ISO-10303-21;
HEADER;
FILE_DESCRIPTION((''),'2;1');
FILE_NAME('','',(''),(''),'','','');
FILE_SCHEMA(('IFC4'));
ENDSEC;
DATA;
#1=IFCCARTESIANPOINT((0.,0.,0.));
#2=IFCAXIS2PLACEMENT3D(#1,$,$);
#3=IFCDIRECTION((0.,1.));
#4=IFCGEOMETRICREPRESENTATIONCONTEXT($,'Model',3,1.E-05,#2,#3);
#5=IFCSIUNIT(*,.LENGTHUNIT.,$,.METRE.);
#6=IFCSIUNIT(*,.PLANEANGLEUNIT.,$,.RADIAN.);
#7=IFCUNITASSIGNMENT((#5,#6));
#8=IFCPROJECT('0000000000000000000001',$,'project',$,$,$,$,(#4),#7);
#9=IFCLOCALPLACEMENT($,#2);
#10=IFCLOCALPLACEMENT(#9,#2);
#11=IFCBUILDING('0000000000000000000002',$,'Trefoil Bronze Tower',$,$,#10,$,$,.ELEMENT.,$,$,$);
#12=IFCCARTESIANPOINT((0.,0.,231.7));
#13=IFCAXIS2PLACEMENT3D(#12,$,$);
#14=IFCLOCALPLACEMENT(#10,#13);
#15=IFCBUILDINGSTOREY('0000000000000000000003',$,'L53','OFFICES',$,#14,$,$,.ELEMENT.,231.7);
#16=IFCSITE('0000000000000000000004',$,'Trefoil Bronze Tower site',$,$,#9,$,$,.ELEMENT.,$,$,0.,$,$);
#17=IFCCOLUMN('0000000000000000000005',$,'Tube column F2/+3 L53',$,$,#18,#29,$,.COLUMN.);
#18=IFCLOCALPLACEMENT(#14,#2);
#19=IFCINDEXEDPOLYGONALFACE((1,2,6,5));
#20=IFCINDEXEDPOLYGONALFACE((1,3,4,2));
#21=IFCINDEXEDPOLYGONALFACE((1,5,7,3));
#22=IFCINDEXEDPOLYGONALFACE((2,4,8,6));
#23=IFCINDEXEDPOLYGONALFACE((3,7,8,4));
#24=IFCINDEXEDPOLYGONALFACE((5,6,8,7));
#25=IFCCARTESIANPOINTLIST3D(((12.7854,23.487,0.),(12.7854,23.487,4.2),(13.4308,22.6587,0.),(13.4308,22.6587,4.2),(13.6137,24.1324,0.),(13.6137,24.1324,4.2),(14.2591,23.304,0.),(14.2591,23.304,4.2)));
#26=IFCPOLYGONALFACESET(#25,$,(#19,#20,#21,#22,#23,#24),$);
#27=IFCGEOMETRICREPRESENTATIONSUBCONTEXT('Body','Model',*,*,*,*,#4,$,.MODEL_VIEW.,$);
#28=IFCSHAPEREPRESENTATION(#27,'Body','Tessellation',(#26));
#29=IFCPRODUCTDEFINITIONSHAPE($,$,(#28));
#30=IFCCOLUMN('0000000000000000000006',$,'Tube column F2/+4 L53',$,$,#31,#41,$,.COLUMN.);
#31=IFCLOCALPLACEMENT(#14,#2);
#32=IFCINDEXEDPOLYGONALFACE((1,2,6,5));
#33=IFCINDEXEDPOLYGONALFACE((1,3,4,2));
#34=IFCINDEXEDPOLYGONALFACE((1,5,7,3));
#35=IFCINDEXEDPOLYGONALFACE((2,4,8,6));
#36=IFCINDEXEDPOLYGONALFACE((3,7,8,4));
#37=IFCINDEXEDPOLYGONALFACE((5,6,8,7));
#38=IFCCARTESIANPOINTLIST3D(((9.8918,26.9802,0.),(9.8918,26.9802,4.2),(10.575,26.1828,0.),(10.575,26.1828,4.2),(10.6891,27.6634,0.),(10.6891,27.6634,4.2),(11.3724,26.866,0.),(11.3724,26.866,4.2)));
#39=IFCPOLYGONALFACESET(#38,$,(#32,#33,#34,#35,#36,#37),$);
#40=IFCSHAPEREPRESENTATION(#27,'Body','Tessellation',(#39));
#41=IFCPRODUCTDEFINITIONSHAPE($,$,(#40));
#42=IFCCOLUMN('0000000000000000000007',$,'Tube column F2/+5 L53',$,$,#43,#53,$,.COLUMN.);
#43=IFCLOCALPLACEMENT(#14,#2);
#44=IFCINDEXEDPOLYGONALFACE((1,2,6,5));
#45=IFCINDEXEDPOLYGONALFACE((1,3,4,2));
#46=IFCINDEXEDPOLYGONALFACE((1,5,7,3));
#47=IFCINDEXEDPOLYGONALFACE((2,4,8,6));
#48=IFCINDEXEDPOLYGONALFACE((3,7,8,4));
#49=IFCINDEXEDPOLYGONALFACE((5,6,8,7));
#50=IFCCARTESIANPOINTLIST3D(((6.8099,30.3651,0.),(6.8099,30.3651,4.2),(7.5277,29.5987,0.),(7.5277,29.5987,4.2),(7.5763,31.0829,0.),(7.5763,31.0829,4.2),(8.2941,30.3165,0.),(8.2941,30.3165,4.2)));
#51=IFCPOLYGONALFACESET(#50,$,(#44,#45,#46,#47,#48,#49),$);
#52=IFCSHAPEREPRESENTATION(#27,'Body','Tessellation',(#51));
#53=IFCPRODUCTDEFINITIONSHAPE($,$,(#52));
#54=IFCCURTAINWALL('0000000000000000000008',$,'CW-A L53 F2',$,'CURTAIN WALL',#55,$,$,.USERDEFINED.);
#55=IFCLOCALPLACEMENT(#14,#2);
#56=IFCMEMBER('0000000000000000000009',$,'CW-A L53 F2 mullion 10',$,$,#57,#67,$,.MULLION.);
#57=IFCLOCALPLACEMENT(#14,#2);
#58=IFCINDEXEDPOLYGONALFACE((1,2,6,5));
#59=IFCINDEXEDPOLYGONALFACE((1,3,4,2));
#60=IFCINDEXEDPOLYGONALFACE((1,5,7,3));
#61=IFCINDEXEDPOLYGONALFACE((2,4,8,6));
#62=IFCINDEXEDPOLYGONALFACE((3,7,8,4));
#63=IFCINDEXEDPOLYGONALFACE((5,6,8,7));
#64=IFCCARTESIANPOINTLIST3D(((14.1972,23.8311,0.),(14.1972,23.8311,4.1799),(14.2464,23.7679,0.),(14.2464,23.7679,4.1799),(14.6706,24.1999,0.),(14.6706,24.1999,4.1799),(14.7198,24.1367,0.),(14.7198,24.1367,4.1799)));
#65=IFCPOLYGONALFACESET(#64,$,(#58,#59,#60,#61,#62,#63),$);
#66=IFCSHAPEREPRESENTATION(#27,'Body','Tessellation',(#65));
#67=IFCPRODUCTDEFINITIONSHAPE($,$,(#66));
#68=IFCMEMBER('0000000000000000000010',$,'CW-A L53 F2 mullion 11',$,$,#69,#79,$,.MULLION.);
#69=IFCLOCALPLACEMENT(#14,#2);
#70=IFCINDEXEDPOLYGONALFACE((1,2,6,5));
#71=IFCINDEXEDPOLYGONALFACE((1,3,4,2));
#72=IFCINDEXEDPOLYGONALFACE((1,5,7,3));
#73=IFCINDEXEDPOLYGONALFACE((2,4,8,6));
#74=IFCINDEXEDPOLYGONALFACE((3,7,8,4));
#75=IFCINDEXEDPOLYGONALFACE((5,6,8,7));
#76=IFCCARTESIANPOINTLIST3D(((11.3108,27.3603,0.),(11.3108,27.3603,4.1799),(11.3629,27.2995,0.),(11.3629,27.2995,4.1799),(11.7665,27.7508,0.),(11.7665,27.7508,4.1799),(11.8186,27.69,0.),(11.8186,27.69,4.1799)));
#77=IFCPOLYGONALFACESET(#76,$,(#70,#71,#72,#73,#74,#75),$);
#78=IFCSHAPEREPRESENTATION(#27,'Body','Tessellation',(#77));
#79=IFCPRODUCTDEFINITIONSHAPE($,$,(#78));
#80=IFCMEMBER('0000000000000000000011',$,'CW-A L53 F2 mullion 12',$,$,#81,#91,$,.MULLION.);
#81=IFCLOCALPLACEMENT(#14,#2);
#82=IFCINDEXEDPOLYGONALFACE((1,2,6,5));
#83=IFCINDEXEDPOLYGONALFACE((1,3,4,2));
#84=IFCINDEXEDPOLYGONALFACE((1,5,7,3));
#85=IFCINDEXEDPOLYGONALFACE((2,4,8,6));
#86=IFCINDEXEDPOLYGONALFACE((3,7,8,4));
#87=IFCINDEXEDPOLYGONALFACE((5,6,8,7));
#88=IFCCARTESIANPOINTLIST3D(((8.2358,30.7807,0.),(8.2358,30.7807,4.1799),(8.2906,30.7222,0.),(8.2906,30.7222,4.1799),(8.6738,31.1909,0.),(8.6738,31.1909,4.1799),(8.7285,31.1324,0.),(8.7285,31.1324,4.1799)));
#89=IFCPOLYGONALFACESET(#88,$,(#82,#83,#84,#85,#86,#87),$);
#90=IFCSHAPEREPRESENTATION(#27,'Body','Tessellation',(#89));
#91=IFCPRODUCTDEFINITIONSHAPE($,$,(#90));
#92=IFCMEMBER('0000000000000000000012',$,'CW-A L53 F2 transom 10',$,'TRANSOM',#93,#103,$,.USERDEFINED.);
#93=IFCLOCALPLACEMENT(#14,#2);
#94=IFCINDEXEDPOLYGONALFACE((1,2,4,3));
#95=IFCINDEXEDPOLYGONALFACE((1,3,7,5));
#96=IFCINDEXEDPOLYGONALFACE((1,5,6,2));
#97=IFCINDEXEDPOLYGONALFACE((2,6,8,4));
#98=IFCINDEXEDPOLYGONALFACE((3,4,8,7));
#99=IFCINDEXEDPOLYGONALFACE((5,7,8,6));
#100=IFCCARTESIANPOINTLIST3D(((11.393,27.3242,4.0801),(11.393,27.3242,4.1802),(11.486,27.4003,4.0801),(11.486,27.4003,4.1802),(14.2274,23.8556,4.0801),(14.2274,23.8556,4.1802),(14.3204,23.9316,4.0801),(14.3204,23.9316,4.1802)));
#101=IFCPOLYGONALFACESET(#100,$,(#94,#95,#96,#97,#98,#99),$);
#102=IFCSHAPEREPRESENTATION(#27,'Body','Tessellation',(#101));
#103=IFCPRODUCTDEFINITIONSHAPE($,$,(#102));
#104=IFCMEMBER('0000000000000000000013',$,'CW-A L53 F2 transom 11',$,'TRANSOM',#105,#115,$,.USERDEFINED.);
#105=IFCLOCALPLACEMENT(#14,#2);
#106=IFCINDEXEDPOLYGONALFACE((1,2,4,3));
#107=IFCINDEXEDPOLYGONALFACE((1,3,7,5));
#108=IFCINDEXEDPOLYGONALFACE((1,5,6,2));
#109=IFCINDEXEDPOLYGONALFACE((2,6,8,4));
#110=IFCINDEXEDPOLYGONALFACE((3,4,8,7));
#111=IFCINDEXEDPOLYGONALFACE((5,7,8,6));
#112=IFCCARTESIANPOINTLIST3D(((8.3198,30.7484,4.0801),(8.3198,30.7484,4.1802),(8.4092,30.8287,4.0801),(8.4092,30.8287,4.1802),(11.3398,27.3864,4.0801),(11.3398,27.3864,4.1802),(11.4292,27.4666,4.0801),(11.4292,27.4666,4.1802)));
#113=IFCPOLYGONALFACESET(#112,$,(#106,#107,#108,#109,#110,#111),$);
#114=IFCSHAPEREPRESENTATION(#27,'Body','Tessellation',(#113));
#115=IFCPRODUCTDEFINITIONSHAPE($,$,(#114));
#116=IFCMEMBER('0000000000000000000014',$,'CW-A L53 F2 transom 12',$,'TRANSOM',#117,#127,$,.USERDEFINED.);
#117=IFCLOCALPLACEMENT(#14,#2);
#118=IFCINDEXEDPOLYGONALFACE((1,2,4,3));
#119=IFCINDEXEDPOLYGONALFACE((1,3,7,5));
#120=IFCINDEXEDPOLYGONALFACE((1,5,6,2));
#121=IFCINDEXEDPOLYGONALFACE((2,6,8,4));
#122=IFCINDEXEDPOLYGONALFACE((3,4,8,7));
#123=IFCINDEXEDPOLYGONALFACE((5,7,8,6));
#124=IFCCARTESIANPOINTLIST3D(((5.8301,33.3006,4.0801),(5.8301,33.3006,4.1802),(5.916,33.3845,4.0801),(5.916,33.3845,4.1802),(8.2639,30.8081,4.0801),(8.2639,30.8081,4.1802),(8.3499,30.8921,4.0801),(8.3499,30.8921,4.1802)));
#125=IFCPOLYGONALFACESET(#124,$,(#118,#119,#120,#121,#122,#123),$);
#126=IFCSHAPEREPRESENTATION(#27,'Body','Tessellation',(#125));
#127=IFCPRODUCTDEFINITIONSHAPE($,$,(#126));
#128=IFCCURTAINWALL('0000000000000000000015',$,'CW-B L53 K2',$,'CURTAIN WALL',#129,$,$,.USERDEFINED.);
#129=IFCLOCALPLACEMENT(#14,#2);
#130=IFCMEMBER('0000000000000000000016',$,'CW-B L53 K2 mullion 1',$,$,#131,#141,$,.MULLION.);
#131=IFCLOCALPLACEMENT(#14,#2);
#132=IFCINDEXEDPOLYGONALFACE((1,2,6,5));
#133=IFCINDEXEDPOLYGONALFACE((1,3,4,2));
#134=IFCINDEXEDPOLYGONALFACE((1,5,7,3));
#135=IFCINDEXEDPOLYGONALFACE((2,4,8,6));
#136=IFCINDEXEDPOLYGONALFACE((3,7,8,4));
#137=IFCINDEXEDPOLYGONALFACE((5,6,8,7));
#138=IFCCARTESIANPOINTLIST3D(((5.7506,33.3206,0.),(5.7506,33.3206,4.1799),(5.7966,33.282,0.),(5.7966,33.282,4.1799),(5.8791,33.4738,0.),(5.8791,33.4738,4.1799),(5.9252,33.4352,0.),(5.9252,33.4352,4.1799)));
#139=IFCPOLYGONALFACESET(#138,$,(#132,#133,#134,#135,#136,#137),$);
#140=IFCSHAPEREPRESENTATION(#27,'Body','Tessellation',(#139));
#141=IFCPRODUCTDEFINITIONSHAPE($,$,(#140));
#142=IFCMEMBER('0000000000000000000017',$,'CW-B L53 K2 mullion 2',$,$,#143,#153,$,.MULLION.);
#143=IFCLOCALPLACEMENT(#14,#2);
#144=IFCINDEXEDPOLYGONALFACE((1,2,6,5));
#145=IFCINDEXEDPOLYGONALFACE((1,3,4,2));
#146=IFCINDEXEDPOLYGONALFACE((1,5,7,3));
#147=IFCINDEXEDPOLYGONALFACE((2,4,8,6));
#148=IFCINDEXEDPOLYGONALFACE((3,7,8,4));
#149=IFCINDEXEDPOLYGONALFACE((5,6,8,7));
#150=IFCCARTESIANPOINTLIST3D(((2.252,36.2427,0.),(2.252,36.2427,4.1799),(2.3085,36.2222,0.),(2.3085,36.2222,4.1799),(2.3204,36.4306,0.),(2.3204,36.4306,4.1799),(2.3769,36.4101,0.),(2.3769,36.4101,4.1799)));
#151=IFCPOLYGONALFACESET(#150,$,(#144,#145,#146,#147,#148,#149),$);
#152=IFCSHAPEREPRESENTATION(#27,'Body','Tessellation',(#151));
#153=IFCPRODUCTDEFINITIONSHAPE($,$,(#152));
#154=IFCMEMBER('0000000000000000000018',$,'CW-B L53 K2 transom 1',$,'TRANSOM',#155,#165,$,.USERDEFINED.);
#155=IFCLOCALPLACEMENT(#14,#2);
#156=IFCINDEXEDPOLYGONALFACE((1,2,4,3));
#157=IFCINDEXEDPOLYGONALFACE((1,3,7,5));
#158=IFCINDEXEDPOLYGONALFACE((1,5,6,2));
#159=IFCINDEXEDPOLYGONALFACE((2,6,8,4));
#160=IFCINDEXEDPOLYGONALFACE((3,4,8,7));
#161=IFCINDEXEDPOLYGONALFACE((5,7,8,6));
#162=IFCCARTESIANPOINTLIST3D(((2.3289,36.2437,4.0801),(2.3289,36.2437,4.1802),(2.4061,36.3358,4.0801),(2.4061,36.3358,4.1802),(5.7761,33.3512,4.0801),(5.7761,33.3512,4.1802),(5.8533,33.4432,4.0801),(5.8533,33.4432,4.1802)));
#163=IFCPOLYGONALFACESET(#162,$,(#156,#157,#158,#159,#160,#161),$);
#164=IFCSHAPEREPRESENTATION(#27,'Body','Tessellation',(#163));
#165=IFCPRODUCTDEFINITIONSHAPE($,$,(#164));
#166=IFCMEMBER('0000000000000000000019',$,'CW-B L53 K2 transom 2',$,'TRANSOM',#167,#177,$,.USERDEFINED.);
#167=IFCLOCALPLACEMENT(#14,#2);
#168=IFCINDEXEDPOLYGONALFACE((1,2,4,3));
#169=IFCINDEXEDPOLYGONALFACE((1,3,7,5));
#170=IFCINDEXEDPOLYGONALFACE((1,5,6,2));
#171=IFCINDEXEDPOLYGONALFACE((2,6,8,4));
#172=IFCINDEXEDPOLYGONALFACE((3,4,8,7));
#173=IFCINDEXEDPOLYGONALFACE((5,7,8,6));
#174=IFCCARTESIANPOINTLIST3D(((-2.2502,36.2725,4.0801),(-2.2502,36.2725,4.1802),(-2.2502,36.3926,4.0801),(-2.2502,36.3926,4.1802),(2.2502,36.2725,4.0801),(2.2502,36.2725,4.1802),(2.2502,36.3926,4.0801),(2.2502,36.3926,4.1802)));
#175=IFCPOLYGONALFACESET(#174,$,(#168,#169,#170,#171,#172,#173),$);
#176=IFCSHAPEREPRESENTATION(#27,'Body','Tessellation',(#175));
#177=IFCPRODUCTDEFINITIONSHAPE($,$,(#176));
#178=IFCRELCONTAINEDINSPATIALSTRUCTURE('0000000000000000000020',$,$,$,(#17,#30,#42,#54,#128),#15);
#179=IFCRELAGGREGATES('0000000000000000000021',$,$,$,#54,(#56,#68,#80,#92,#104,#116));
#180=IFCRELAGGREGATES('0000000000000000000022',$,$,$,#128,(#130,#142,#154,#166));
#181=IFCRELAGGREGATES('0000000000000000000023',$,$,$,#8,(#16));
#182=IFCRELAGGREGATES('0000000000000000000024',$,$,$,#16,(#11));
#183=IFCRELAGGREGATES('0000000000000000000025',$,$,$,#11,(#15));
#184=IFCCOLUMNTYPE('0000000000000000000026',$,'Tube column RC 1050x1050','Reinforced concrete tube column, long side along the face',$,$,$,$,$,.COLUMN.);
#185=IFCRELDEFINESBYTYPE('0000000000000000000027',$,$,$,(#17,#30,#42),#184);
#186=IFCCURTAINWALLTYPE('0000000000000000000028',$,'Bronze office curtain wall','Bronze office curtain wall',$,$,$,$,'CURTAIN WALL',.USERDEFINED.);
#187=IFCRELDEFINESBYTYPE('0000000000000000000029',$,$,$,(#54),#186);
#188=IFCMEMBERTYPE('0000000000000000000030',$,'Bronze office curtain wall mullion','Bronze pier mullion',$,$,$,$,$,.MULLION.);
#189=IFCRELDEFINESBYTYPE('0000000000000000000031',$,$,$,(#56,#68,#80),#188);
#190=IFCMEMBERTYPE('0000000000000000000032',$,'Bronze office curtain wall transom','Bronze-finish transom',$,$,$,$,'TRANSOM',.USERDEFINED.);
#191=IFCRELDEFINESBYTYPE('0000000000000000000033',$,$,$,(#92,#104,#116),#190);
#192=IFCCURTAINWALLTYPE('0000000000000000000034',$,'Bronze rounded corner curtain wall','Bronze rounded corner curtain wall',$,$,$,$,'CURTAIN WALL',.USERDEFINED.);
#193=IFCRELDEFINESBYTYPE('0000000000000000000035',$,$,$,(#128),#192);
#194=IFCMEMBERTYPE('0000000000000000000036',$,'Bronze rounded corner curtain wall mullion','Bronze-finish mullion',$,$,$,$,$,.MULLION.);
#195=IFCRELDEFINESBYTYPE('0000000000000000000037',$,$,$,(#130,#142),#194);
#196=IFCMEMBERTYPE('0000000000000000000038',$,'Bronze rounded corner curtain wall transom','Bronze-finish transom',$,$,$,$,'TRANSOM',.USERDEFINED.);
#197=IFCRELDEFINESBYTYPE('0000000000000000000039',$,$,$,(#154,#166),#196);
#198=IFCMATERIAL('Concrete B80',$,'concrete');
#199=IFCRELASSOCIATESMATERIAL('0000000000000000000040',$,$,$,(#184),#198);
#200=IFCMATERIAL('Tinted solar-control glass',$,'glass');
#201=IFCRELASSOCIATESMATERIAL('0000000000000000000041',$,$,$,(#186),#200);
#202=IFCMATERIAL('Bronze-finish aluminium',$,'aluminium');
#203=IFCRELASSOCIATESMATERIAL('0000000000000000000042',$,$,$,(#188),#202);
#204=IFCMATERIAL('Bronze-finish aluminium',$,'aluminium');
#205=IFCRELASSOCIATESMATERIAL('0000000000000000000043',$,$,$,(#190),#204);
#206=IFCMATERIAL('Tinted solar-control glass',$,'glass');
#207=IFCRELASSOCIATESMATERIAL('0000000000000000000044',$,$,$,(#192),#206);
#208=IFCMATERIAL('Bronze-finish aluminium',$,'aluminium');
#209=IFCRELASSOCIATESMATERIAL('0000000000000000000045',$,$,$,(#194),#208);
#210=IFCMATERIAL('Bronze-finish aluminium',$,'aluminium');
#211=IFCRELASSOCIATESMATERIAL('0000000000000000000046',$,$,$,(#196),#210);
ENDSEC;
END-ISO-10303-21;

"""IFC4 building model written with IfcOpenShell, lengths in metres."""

from ifc_helpers import new_model, si_unit, direction, frame, origin, origin_2d, place, context, subcontext, project, spatial, rectangle, extrude, material, material_profile, profile_set, type_object, element, aggregate, save


model = new_model("IFC4")

# Units and contexts
model_context = context("Model", 3, precision=1e-05, world=origin(), true_north=direction((0.0, 1.0)))
body_context = subcontext(model_context, "Body", "Model", "MODEL_VIEW")
ifc_project = project(units=[si_unit("LENGTHUNIT", "METRE"), si_unit("PLANEANGLEUNIT", "RADIAN")], contexts=[model_context])

# Site, building, storey
site_placement = place(None, origin())
site = spatial("IfcSite", under=ifc_project, at=site_placement, Name="Trefoil Bronze Tower site", CompositionType="ELEMENT", RefElevation=0.0)
building_placement = place(site_placement, origin())
building = spatial("IfcBuilding", under=site, at=building_placement, Name="Trefoil Bronze Tower", CompositionType="ELEMENT")
storey_placement = place(building_placement, frame((0.0, 0.0, 231.7)))
storey = spatial("IfcBuildingStorey", under=building, at=storey_placement, Name="L53", Description="OFFICES", CompositionType="ELEMENT", Elevation=231.7)

# Columns
ifc_material_1 = material(Name="Concrete B80", Category="concrete")
ifc_material_profile_1 = material_profile(ifc_material_1, rectangle(XDim=1.05, YDim=1.05, at=origin_2d()), Name="RC 1050x1050")
ifc_profile_set_1 = profile_set([ifc_material_profile_1], Name="Concrete B80")
column_type = type_object("IfcColumnType", Name="Tube column RC 1050x1050", Description="Reinforced concrete tube column, long side along the face", PredefinedType="COLUMN", material=ifc_profile_set_1)
for number, where, z_axis, x_axis, name in (
    (1, (13.5222, 23.3955, 0.0), (0.0, 0.0, 1.0), (-0.614622, 0.788821, 0.0), "Tube column F2/+3 L53"),
    (2, (10.6321, 26.9231, 0.0), (0.0, 0.0, 1.0), (-0.650677, 0.759355, 0.0), "Tube column F2/+4 L53"),
    (3, (7.552, 30.3408, 0.0), (0.0, 0.0, 1.0), (-0.683597, 0.72986, 0.0), "Tube column F2/+5 L53"),
):
    element("IfcColumn", number, at=place(storey_placement, frame(where, z_axis=z_axis, x_axis=x_axis)), inside=storey, type_object=column_type, Name=name, PredefinedType="COLUMN", context=body_context, shape_type="SweptSolid", body=[
        extrude(rectangle(XDim=1.05, YDim=1.05, at=origin_2d()), origin(), (0.0, 0.0, 1.0), 4.2),
    ])

# Curtain walls, members
ifc_material_2 = material(Name="Tinted solar-control glass", Category="glass")
curtain_wall_type_1 = type_object("IfcCurtainWallType", Name="Bronze office curtain wall", Description="Bronze office curtain wall", ElementType="CURTAIN WALL", PredefinedType="USERDEFINED", material=ifc_material_2)
curtain_wall_1_placement = place(storey_placement, origin())
curtain_wall_1 = element("IfcCurtainWall", 4, at=curtain_wall_1_placement, inside=storey, type_object=curtain_wall_type_1, Name="CW-A L53 F2", ObjectType="CURTAIN WALL", PredefinedType="USERDEFINED")
ifc_material_3 = material(Name="Bronze-finish aluminium", Category="aluminium")
ifc_material_profile_2 = material_profile(ifc_material_3, rectangle(XDim=0.6001, YDim=0.0801, at=origin_2d()), Name="CW-A mullion")
ifc_profile_set_2 = profile_set([ifc_material_profile_2], Name="Bronze-finish aluminium")
member_type_1 = type_object("IfcMemberType", Name="Bronze office curtain wall mullion", Description="Bronze pier mullion", PredefinedType="MULLION", material=ifc_profile_set_2)
member_1_placement = place(storey_placement, frame((14.4585, 23.9839, 0.0), z_axis=(0.0, 0.0, 1.0), x_axis=(-0.788821, -0.614622, 0.0)))
member_1 = element("IfcMember", 5, at=member_1_placement, type_object=member_type_1, Name="CW-A L53 F2 mullion 10", PredefinedType="MULLION", context=body_context, shape_type="SweptSolid", body=[
    extrude(rectangle(XDim=0.6001, YDim=0.0801, at=origin_2d()), origin(), (0.0, 0.0, 1.0), 4.1799),
])
member_2_placement = place(storey_placement, frame((11.5647, 27.5251, 0.0), z_axis=(0.0, 0.0, 1.0), x_axis=(-0.759355, -0.650677, 0.0)))
member_2 = element("IfcMember", 6, at=member_2_placement, type_object=member_type_1, Name="CW-A L53 F2 mullion 11", PredefinedType="MULLION", context=body_context, shape_type="SweptSolid", body=[
    extrude(rectangle(XDim=0.6001, YDim=0.0801, at=origin_2d()), origin(), (0.0, 0.0, 1.0), 4.1799),
])
member_3_placement = place(storey_placement, frame((8.4822, 30.9565, 0.0), z_axis=(0.0, 0.0, 1.0), x_axis=(-0.72986, -0.683597, 0.0)))
member_3 = element("IfcMember", 7, at=member_3_placement, type_object=member_type_1, Name="CW-A L53 F2 mullion 12", PredefinedType="MULLION", context=body_context, shape_type="SweptSolid", body=[
    extrude(rectangle(XDim=0.6001, YDim=0.0801, at=origin_2d()), origin(), (0.0, 0.0, 1.0), 4.1799),
])
ifc_material_4 = material(Name="Bronze-finish aluminium", Category="aluminium")
ifc_material_profile_3 = material_profile(ifc_material_4, rectangle(XDim=0.1201, YDim=0.1001, at=origin_2d()), Name="CW-A transom")
ifc_profile_set_3 = profile_set([ifc_material_profile_3], Name="Bronze-finish aluminium")
member_type_2 = type_object("IfcMemberType", Name="Bronze office curtain wall transom", Description="Bronze-finish transom", ElementType="TRANSOM", PredefinedType="USERDEFINED", material=ifc_profile_set_3)
member_4_placement = place(storey_placement, frame((14.2739, 23.8936, 4.1301), z_axis=(-0.632757, 0.774351, 0.0), x_axis=(-0.774351, -0.632757, 0.0)))
member_4 = element("IfcMember", 8, at=member_4_placement, type_object=member_type_2, Name="CW-A L53 F2 transom 10", ObjectType="TRANSOM", PredefinedType="USERDEFINED", context=body_context, shape_type="SweptSolid", body=[
    extrude(rectangle(XDim=0.1201, YDim=0.1001, at=origin_2d()), origin(), (0.0, 0.0, 1.0), 4.4795),
])
member_5_placement = place(storey_placement, frame((11.3845, 27.4265, 4.1301), z_axis=(-0.668251, 0.743936, 0.0), x_axis=(-0.743936, -0.668251, 0.0)))
member_5 = element("IfcMember", 9, at=member_5_placement, type_object=member_type_2, Name="CW-A L53 F2 transom 11", ObjectType="TRANSOM", PredefinedType="USERDEFINED", context=body_context, shape_type="SweptSolid", body=[
    extrude(rectangle(XDim=0.1201, YDim=0.1001, at=origin_2d()), origin(), (0.0, 0.0, 1.0), 4.5193),
])
member_6_placement = place(storey_placement, frame((8.3069, 30.8501, 4.1301), z_axis=(-0.698647, 0.715467, 0.0), x_axis=(-0.715467, -0.698647, 0.0)))
member_6 = element("IfcMember", 10, at=member_6_placement, type_object=member_type_2, Name="CW-A L53 F2 transom 12", ObjectType="TRANSOM", PredefinedType="USERDEFINED", context=body_context, shape_type="SweptSolid", body=[
    extrude(rectangle(XDim=0.1201, YDim=0.1001, at=origin_2d()), origin(), (0.0, 0.0, 1.0), 3.4836),
])
ifc_material_5 = material(Name="Tinted solar-control glass", Category="glass")
curtain_wall_type_2 = type_object("IfcCurtainWallType", Name="Bronze rounded corner curtain wall", Description="Bronze rounded corner curtain wall", ElementType="CURTAIN WALL", PredefinedType="USERDEFINED", material=ifc_material_5)
curtain_wall_2_placement = place(storey_placement, origin())
curtain_wall_2 = element("IfcCurtainWall", 11, at=curtain_wall_2_placement, inside=storey, type_object=curtain_wall_type_2, Name="CW-B L53 K2", ObjectType="CURTAIN WALL", PredefinedType="USERDEFINED")
ifc_material_6 = material(Name="Bronze-finish aluminium", Category="aluminium")
ifc_material_profile_4 = material_profile(ifc_material_6, rectangle(XDim=0.2, YDim=0.0601, at=origin_2d()), Name="CW-B mullion")
ifc_profile_set_4 = profile_set([ifc_material_profile_4], Name="Bronze-finish aluminium")
member_type_3 = type_object("IfcMemberType", Name="Bronze rounded corner curtain wall mullion", Description="Bronze-finish mullion", PredefinedType="MULLION", material=ifc_profile_set_4)
member_7_placement = place(storey_placement, frame((5.8379, 33.3779, 0.0), z_axis=(0.0, 0.0, 1.0), x_axis=(-0.642788, -0.766044, 0.0)))
member_7 = element("IfcMember", 12, at=member_7_placement, type_object=member_type_3, Name="CW-B L53 K2 mullion 1", PredefinedType="MULLION", context=body_context, shape_type="SweptSolid", body=[
    extrude(rectangle(XDim=0.2, YDim=0.0601, at=origin_2d()), origin(), (0.0, 0.0, 1.0), 4.1799),
])
member_8_placement = place(storey_placement, frame((2.3145, 36.3264, 0.0), z_axis=(0.0, 0.0, 1.0), x_axis=(-0.34202, -0.939693, 0.0)))
member_8 = element("IfcMember", 13, at=member_8_placement, type_object=member_type_3, Name="CW-B L53 K2 mullion 2", PredefinedType="MULLION", context=body_context, shape_type="SweptSolid", body=[
    extrude(rectangle(XDim=0.2, YDim=0.0601, at=origin_2d()), origin(), (0.0, 0.0, 1.0), 4.1799),
])
ifc_material_7 = material(Name="Bronze-finish aluminium", Category="aluminium")
ifc_material_profile_5 = material_profile(ifc_material_7, rectangle(XDim=0.1201, YDim=0.1001, at=origin_2d()), Name="CW-B transom")
ifc_profile_set_5 = profile_set([ifc_material_profile_5], Name="Bronze-finish aluminium")
member_type_4 = type_object("IfcMemberType", Name="Bronze rounded corner curtain wall transom", Description="Bronze-finish transom", ElementType="TRANSOM", PredefinedType="USERDEFINED", material=ifc_profile_set_5)
member_9_placement = place(storey_placement, frame((5.8147, 33.3972, 4.1301), z_axis=(-0.766047, 0.642785, 0.0), x_axis=(-0.642785, -0.766047, 0.0)))
member_9 = element("IfcMember", 14, at=member_9_placement, type_object=member_type_4, Name="CW-B L53 K2 transom 1", ObjectType="TRANSOM", PredefinedType="USERDEFINED", context=body_context, shape_type="SweptSolid", body=[
    extrude(rectangle(XDim=0.1201, YDim=0.1001, at=origin_2d()), origin(), (0.0, 0.0, 1.0), 4.5),
])
member_10_placement = place(storey_placement, frame((2.2502, 36.3325, 4.1301), z_axis=(-1.0, 0.0, 0.0), x_axis=(0.0, -1.0, 0.0)))
member_10 = element("IfcMember", 15, at=member_10_placement, type_object=member_type_4, Name="CW-B L53 K2 transom 2", ObjectType="TRANSOM", PredefinedType="USERDEFINED", context=body_context, shape_type="SweptSolid", body=[
    extrude(rectangle(XDim=0.1201, YDim=0.1001, at=origin_2d()), origin(), (0.0, 0.0, 1.0), 4.5005),
])

aggregate(curtain_wall_1, [member_1, member_2, member_3, member_4, member_5, member_6])
aggregate(curtain_wall_2, [member_7, member_8, member_9, member_10])

save(model, "model.ifc")
